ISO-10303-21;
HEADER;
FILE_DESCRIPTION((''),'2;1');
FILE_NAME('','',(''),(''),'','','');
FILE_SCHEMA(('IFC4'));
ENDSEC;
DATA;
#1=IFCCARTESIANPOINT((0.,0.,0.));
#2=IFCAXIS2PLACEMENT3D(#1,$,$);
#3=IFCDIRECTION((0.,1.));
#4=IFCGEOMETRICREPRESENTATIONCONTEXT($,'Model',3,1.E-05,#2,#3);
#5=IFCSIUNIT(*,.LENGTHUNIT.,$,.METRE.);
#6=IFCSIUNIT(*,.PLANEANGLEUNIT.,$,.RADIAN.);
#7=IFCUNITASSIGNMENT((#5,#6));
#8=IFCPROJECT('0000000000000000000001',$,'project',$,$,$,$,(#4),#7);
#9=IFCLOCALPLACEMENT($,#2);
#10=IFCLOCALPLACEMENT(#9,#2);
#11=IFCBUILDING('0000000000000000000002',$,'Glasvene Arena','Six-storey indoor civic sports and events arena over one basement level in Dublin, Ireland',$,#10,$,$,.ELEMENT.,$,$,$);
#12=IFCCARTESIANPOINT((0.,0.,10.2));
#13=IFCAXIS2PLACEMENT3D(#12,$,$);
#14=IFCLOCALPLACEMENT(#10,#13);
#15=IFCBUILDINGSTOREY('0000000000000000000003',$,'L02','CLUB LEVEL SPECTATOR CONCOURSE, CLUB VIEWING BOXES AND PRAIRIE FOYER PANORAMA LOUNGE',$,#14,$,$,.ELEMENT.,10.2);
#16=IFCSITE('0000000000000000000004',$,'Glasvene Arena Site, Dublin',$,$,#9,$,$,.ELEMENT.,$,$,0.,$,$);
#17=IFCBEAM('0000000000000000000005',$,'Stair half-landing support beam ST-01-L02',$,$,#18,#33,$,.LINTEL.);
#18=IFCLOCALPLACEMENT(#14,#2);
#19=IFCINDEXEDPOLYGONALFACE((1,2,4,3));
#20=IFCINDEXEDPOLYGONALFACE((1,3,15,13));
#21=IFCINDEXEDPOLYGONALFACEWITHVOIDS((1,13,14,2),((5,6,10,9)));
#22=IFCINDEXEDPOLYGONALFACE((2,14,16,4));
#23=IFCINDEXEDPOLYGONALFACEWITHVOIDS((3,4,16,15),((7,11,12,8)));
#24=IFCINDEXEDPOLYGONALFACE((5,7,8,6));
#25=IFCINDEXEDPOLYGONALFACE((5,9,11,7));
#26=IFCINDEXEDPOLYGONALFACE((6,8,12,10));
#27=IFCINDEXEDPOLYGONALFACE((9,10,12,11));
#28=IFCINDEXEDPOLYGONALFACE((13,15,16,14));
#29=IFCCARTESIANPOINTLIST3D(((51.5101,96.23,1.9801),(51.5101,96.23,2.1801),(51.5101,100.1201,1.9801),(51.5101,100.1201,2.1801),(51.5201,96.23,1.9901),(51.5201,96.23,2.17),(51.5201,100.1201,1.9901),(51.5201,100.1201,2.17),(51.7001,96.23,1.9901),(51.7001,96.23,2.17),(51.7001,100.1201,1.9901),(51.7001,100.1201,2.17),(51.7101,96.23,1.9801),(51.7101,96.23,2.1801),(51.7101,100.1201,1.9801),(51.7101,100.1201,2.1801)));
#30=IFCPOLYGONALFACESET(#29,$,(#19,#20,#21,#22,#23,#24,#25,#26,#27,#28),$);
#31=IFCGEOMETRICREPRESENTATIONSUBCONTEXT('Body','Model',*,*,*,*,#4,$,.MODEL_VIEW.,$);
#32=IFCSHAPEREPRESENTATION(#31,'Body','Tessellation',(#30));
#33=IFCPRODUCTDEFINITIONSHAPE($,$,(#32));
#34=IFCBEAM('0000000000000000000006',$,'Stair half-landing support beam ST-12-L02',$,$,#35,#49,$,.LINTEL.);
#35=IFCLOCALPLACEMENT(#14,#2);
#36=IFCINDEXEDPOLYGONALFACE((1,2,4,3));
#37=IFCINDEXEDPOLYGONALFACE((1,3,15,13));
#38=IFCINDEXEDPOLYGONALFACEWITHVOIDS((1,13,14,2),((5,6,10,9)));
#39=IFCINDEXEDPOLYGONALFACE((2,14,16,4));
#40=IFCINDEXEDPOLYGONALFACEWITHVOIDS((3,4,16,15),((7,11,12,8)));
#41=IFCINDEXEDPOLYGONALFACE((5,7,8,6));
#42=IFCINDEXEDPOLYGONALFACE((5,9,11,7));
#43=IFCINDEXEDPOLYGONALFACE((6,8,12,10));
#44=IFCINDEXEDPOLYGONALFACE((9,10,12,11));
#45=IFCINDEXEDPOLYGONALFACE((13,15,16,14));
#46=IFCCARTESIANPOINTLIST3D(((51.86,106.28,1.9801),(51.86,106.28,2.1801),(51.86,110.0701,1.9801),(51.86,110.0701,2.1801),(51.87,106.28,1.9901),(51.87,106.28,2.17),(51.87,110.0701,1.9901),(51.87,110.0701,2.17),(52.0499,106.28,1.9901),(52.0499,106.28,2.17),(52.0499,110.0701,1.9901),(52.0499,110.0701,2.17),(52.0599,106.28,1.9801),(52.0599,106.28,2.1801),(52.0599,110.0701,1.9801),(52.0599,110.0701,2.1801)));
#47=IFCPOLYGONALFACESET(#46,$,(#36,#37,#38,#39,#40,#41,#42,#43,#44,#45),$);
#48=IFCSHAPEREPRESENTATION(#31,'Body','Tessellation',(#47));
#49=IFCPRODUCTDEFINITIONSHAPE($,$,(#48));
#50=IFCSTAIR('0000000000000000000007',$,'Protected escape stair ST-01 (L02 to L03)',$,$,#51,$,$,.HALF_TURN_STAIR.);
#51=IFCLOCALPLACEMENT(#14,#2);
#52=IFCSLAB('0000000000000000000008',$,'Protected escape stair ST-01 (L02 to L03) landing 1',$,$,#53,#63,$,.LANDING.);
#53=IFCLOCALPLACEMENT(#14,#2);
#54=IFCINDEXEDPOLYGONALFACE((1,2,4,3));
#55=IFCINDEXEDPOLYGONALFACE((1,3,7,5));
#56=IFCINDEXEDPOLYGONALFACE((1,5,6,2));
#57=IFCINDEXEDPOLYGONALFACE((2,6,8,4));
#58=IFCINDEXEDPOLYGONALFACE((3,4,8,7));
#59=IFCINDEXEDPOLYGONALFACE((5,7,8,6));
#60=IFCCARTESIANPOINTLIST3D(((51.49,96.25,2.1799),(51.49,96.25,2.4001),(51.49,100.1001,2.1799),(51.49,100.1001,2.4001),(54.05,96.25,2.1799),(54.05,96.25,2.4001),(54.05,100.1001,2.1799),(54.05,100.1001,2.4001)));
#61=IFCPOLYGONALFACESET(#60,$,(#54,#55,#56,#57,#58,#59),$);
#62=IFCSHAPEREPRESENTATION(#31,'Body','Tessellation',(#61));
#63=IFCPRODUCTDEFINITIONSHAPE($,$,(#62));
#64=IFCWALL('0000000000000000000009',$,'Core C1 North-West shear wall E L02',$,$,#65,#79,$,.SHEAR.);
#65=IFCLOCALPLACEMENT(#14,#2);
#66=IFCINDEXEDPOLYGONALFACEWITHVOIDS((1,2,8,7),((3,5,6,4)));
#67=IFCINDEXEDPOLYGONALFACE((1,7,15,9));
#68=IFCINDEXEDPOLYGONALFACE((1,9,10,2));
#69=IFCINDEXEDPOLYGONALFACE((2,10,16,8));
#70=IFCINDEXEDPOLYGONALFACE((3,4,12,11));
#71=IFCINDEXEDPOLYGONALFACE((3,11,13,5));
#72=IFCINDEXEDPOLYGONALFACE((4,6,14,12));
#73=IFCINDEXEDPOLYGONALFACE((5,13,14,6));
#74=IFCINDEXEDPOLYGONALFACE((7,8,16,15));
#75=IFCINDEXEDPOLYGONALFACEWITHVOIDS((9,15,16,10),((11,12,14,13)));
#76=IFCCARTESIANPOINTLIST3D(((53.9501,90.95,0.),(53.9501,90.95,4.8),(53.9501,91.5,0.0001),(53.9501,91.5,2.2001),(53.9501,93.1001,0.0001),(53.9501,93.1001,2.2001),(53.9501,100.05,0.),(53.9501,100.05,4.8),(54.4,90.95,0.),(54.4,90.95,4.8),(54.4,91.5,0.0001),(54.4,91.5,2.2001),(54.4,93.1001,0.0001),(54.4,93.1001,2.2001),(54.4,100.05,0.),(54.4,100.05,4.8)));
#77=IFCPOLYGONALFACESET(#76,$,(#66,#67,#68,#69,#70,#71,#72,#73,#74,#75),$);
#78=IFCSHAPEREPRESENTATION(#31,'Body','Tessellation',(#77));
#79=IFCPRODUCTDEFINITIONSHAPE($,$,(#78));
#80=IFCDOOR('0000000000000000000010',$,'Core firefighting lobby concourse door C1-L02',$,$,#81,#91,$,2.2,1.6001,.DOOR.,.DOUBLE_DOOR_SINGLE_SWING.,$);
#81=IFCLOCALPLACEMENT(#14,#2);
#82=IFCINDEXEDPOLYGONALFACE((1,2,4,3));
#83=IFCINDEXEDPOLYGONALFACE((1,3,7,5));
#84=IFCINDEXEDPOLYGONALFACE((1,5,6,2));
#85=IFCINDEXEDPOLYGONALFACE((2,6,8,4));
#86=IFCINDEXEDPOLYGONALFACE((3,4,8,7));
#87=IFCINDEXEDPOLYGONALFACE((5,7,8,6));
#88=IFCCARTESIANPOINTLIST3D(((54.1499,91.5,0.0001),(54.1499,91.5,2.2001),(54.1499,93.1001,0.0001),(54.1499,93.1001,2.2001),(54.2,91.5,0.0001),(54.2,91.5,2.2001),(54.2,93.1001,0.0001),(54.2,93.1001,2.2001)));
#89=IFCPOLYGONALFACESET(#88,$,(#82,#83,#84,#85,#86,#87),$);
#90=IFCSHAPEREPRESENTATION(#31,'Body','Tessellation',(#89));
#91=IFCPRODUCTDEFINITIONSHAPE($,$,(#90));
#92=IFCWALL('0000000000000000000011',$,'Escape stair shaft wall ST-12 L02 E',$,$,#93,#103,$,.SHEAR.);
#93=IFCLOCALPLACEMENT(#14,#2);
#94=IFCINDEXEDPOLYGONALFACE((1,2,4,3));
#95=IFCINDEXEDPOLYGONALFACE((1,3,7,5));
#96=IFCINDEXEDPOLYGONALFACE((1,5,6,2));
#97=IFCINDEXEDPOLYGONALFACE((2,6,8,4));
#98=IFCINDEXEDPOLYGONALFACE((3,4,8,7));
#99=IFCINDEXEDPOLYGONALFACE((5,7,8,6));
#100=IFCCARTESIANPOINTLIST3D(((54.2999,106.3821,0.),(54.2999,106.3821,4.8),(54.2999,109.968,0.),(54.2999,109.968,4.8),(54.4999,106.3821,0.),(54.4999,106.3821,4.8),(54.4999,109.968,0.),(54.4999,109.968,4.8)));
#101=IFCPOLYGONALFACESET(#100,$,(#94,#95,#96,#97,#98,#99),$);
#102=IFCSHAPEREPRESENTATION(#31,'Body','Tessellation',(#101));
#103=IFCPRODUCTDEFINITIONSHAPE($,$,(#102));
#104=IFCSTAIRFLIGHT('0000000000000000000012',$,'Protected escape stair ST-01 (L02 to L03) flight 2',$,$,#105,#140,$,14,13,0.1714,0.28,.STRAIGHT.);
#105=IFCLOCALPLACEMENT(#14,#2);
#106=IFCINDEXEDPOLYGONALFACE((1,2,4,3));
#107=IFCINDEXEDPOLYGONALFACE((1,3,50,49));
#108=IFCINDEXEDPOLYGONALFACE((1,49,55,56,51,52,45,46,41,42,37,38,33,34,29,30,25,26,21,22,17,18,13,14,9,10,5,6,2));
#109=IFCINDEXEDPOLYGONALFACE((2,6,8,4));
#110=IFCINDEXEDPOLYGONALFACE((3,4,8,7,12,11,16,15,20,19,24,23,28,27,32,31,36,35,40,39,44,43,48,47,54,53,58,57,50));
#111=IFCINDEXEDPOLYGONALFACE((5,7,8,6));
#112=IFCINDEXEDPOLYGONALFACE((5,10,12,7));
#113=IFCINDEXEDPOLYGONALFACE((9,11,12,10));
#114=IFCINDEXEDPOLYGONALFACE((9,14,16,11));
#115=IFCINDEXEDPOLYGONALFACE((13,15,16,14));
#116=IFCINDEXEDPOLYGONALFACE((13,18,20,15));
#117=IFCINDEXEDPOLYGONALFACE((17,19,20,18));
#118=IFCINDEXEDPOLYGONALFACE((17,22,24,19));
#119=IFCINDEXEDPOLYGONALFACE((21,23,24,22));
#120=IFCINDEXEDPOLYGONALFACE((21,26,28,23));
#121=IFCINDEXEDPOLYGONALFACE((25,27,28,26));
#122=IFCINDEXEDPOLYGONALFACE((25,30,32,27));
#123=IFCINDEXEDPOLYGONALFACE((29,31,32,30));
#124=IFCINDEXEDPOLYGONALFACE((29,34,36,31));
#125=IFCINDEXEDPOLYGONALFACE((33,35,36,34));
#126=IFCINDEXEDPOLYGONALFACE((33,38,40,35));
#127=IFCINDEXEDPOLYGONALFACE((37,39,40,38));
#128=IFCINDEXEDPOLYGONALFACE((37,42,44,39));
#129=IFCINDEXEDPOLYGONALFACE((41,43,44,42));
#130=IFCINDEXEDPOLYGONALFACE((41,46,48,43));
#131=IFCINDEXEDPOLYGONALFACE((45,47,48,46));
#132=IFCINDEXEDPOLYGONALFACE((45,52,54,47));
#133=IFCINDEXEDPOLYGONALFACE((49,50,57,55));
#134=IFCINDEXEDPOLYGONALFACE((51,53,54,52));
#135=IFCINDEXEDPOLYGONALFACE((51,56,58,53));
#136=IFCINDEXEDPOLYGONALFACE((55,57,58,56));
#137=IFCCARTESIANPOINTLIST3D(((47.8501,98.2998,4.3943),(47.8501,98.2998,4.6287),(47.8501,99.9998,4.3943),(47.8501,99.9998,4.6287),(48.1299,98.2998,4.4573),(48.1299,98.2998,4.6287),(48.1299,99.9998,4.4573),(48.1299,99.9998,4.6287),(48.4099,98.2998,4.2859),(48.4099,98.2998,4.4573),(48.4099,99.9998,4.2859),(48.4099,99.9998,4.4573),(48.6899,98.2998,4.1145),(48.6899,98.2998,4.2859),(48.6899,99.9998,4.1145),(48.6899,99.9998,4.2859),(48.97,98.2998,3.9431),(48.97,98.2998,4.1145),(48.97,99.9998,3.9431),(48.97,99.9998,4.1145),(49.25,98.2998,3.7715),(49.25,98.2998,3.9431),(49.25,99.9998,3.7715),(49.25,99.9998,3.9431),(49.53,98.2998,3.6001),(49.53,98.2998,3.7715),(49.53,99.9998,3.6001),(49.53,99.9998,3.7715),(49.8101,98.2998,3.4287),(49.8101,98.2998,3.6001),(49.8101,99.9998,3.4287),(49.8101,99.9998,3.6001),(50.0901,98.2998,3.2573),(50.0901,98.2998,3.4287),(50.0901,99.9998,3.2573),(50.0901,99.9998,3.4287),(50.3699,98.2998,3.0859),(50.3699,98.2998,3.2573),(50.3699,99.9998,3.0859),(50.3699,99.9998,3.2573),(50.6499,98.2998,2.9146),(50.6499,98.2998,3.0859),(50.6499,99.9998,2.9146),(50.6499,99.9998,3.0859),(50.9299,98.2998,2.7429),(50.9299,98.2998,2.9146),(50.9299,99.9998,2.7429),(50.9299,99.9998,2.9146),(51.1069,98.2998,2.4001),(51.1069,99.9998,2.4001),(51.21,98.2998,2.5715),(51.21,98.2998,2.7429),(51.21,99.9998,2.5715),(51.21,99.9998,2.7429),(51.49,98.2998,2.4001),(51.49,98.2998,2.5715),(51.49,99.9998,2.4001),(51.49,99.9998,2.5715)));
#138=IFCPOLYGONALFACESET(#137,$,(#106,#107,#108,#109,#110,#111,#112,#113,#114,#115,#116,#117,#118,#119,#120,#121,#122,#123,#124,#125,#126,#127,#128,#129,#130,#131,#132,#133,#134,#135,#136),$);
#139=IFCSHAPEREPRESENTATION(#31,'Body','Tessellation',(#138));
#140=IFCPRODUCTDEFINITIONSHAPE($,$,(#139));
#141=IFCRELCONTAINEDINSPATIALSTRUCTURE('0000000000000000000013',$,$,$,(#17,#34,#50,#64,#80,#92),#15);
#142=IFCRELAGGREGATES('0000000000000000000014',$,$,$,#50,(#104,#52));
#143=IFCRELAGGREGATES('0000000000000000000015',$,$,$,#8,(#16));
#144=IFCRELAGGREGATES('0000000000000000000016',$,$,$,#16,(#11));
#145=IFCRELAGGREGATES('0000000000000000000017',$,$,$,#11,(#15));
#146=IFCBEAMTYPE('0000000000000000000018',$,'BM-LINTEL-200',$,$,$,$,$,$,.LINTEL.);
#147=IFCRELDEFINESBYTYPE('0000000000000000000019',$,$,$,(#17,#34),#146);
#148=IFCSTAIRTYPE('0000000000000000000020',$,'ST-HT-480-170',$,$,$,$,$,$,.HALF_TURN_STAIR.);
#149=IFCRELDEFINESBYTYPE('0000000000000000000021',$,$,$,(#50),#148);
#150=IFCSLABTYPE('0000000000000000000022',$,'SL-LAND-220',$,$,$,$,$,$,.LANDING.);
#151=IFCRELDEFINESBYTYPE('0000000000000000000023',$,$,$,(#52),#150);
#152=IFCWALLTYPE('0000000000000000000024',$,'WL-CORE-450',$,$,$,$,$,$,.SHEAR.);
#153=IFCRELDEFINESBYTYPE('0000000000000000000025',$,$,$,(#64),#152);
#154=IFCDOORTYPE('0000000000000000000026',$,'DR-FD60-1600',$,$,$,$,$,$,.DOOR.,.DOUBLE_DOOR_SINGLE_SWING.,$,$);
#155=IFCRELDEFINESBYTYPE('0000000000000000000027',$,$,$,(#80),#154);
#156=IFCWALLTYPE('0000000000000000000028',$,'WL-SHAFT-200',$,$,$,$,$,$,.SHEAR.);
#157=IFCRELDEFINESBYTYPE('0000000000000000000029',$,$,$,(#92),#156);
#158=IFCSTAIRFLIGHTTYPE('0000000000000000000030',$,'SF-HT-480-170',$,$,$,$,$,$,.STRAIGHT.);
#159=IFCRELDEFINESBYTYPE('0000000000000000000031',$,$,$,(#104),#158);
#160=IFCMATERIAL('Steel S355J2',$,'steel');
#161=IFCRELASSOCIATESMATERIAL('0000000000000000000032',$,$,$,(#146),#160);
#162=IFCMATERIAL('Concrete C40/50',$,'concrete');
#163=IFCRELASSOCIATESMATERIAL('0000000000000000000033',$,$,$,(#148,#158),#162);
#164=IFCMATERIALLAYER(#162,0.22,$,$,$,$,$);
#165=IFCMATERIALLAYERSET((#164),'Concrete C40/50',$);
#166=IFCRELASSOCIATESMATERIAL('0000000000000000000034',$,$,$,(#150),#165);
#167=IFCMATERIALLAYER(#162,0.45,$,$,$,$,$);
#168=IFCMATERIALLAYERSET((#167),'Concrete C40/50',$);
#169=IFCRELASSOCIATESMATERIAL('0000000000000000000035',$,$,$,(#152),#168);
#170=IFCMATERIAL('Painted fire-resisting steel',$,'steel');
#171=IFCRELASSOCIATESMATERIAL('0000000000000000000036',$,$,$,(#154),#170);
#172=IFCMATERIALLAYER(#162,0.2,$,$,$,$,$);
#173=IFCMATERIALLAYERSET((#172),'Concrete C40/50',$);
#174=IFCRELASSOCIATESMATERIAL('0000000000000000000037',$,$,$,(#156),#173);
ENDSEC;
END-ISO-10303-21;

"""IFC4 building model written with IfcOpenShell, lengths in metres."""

from ifc_helpers import new_model, si_unit, direction, frame, frame_2d, origin, origin_2d, place, context, subcontext, project, spatial, polyline, rectangle, hollow_rectangle, outline, extrude, material, layer, layer_set, material_profile, profile_set, type_object, element, fill, aggregate, save


model = new_model("IFC4")

# Units and contexts
model_context = context("Model", 3, precision=1e-05, world=origin(), true_north=direction((0.0, 1.0)))
body_context = subcontext(model_context, "Body", "Model", "MODEL_VIEW")
ifc_project = project(units=[si_unit("LENGTHUNIT", "METRE"), si_unit("PLANEANGLEUNIT", "RADIAN")], contexts=[model_context])

# Site, building, storey
site_placement = place(None, origin())
site = spatial("IfcSite", under=ifc_project, at=site_placement, Name="Glasvene Arena Site, Dublin", CompositionType="ELEMENT", RefElevation=0.0)
building_placement = place(site_placement, origin())
building = spatial("IfcBuilding", under=site, at=building_placement, Name="Glasvene Arena", Description="Six-storey indoor civic sports and events arena over one basement level in Dublin, Ireland", CompositionType="ELEMENT")
storey_placement = place(building_placement, frame((0.0, 0.0, 10.2)))
storey = spatial("IfcBuildingStorey", under=building, at=storey_placement, Name="L02", Description="CLUB LEVEL SPECTATOR CONCOURSE, CLUB VIEWING BOXES AND PRAIRIE FOYER PANORAMA LOUNGE", CompositionType="ELEMENT", Elevation=10.2)

# Shared definitions
ifc_material_1 = material(Name="Concrete C40/50", Category="concrete")
ifc_material_2 = material(Name="Steel S355J2", Category="steel")

# Beams
ifc_material_profile_1 = material_profile(ifc_material_2, hollow_rectangle(XDim=0.2, YDim=0.2, WallThickness=0.01, at=origin_2d()), Name="SHS 200x200x10.0")
ifc_profile_set_1 = profile_set([ifc_material_profile_1], Name="Steel S355J2")
beam_type_1 = type_object("IfcBeamType", Name="BM-LINTEL-200", PredefinedType="LINTEL", material=ifc_profile_set_1)
beam_1_placement = place(storey_placement, frame((51.6101, 96.23, 2.0801), z_axis=(0.0, 1.0, 0.0), x_axis=(-1.0, 0.0, 0.0)))
element("IfcBeam", 1, at=beam_1_placement, inside=storey, type_object=beam_type_1, Name="Stair half-landing support beam ST-01-L02", PredefinedType="LINTEL", context=body_context, shape_type="SweptSolid", body=[
    extrude(hollow_rectangle(XDim=0.2, YDim=0.2, WallThickness=0.01, at=origin_2d()), origin(), (0.0, 0.0, 1.0), 3.8901),
])
beam_2_placement = place(storey_placement, frame((51.96, 106.28, 2.0801), z_axis=(0.0, 1.0, 0.0), x_axis=(-1.0, 0.0, 0.0)))
element("IfcBeam", 2, at=beam_2_placement, inside=storey, type_object=beam_type_1, Name="Stair half-landing support beam ST-12-L02", PredefinedType="LINTEL", context=body_context, shape_type="SweptSolid", body=[
    extrude(hollow_rectangle(XDim=0.2, YDim=0.2, WallThickness=0.01, at=origin_2d()), origin(), (0.0, 0.0, 1.0), 3.79),
])

# Stair, slab
stair_type = type_object("IfcStairType", Name="ST-HT-480-170", PredefinedType="HALF_TURN_STAIR", material=ifc_material_1)
stair_placement = place(storey_placement, origin())
stair = element("IfcStair", 3, at=stair_placement, inside=storey, type_object=stair_type, Name="Protected escape stair ST-01 (L02 to L03)", PredefinedType="HALF_TURN_STAIR")
ifc_layer_1 = layer(ifc_material_1, 0.22)
ifc_layer_set_1 = layer_set([ifc_layer_1], Name="Concrete C40/50")
slab_type = type_object("IfcSlabType", Name="SL-LAND-220", PredefinedType="LANDING", material=ifc_layer_set_1)
slab_placement = place(storey_placement, frame((52.77, 98.175, 2.1799)))
slab = element("IfcSlab", 4, at=slab_placement, type_object=slab_type, Name="Protected escape stair ST-01 (L02 to L03) landing 1", PredefinedType="LANDING", context=body_context, shape_type="SweptSolid", body=[
    extrude(outline(polyline([(-1.28, -1.925), (1.28, -1.925), (1.28, 1.925), (-1.28, 1.925), (-1.28, -1.925)])), origin(), (0.0, 0.0, 1.0), 0.2202),
])

# Wall, opening, door
ifc_layer_2 = layer(ifc_material_1, 0.45)
ifc_layer_set_2 = layer_set([ifc_layer_2], Name="Concrete C40/50")
wall_type_1 = type_object("IfcWallType", Name="WL-CORE-450", PredefinedType="SHEAR", material=ifc_layer_set_2)
wall_1_placement = place(storey_placement, frame((54.175, 90.95, 0.0), z_axis=(0.0, 0.0, 1.0), x_axis=(0.0, 1.0, 0.0)))
wall_1 = element("IfcWall", 5, at=wall_1_placement, inside=storey, type_object=wall_type_1, Name="Core C1 North-West shear wall E L02", PredefinedType="SHEAR", context=body_context, shape_type="SweptSolid", body=[
    extrude(rectangle(XDim=9.1001, YDim=0.45, at=frame_2d((4.55, 0.0))), origin(), (0.0, 0.0, 1.0), 4.8),
])
opening_placement = place(wall_1_placement, frame((0.55, 0.0, 0.0)))
opening = element("IfcOpeningElement", 6, at=opening_placement, cuts=wall_1, PredefinedType="OPENING", context=body_context, shape_type="SweptSolid", body=[
    extrude(rectangle(XDim=1.6001, YDim=2.2, at=frame_2d((0.8, 1.1001))), frame((0.0, 0.2349, 0.0), z_axis=(0.0, -1.0, 0.0), x_axis=(1.0, 0.0, 0.0)), (0.0, 0.0, 1.0), 0.47),
])
ifc_material_3 = material(Name="Painted fire-resisting steel", Category="steel")
door_type = type_object("IfcDoorType", Name="DR-FD60-1600", OperationType="DOUBLE_DOOR_SINGLE_SWING", PredefinedType="DOOR", material=ifc_material_3)
door_placement = place(opening_placement, frame((1.6001, 0.0, 0.0), z_axis=(0.0, 0.0, 1.0), x_axis=(-1.0, 0.0, 0.0)))
door = element("IfcDoor", 7, at=door_placement, inside=storey, type_object=door_type, Name="Core firefighting lobby concourse door C1-L02", OperationType="DOUBLE_DOOR_SINGLE_SWING", OverallHeight=2.2, OverallWidth=1.6001, PredefinedType="DOOR", context=body_context, shape_type="SweptSolid", body=[
    extrude(rectangle(XDim=1.6001, YDim=2.2, at=frame_2d((0.8, 1.1001))), frame((0.0, 0.0249, 0.0), z_axis=(0.0, -1.0, 0.0), x_axis=(1.0, 0.0, 0.0)), (0.0, 0.0, 1.0), 0.05),
])
fill(opening, door)

# Wall
ifc_layer_3 = layer(ifc_material_1, 0.2)
ifc_layer_set_3 = layer_set([ifc_layer_3], Name="Concrete C40/50")
wall_type_2 = type_object("IfcWallType", Name="WL-SHAFT-200", PredefinedType="SHEAR", material=ifc_layer_set_3)
wall_2_placement = place(storey_placement, frame((54.3999, 106.3821, 0.0), z_axis=(0.0, 0.0, 1.0), x_axis=(0.0, 1.0, 0.0)))
element("IfcWall", 8, at=wall_2_placement, inside=storey, type_object=wall_type_2, Name="Escape stair shaft wall ST-12 L02 E", PredefinedType="SHEAR", context=body_context, shape_type="SweptSolid", body=[
    extrude(rectangle(XDim=3.5859, YDim=0.2, at=frame_2d((1.793, 0.0))), origin(), (0.0, 0.0, 1.0), 4.8),
])

# Stair flight
stair_flight_type = type_object("IfcStairFlightType", Name="SF-HT-480-170", PredefinedType="STRAIGHT", material=ifc_material_1)
stair_flight_placement = place(storey_placement, frame((51.49, 99.1499, 2.4001), z_axis=(0.0, 0.0, 1.0), x_axis=(-1.0, 0.0, 0.0)))
stair_flight = element("IfcStairFlight", 9, at=stair_flight_placement, type_object=stair_flight_type, Name="Protected escape stair ST-01 (L02 to L03) flight 2", NumberOfRisers=14, NumberOfTreads=13, PredefinedType="STRAIGHT", RiserHeight=0.1714, TreadLength=0.28, context=body_context, shape_type="SweptSolid", body=[
    extrude(outline(polyline([(0.0, 0.0), (0.0, 0.1714), (0.28, 0.1714), (0.28, 0.3428), (0.5601, 0.3428), (0.5601, 0.5144), (0.8401, 0.5144), (0.8401, 0.6858), (1.1201, 0.6858), (1.1201, 0.8572), (1.3999, 0.8572), (1.3999, 1.0286), (1.6799, 1.0286), (1.6799, 1.2), (1.96, 1.2), (1.96, 1.3713), (2.24, 1.3713), (2.24, 1.543), (2.52, 1.543), (2.52, 1.7144), (2.8, 1.7144), (2.8, 1.8857), (3.0801, 1.8857), (3.0801, 2.0571), (3.3601, 2.0571), (3.3601, 2.2285), (3.6399, 2.2285), (3.6399, 2.3999), (3.6399, 1.9941), (0.3831, 0.0), (0.0, 0.0)])), frame((0.0, 0.8501, 0.0), z_axis=(0.0, -1.0, 0.0), x_axis=(1.0, 0.0, 0.0)), (0.0, 0.0, 1.0), 1.7),
])
aggregate(stair, [stair_flight, slab])

save(model, "model.ifc")
